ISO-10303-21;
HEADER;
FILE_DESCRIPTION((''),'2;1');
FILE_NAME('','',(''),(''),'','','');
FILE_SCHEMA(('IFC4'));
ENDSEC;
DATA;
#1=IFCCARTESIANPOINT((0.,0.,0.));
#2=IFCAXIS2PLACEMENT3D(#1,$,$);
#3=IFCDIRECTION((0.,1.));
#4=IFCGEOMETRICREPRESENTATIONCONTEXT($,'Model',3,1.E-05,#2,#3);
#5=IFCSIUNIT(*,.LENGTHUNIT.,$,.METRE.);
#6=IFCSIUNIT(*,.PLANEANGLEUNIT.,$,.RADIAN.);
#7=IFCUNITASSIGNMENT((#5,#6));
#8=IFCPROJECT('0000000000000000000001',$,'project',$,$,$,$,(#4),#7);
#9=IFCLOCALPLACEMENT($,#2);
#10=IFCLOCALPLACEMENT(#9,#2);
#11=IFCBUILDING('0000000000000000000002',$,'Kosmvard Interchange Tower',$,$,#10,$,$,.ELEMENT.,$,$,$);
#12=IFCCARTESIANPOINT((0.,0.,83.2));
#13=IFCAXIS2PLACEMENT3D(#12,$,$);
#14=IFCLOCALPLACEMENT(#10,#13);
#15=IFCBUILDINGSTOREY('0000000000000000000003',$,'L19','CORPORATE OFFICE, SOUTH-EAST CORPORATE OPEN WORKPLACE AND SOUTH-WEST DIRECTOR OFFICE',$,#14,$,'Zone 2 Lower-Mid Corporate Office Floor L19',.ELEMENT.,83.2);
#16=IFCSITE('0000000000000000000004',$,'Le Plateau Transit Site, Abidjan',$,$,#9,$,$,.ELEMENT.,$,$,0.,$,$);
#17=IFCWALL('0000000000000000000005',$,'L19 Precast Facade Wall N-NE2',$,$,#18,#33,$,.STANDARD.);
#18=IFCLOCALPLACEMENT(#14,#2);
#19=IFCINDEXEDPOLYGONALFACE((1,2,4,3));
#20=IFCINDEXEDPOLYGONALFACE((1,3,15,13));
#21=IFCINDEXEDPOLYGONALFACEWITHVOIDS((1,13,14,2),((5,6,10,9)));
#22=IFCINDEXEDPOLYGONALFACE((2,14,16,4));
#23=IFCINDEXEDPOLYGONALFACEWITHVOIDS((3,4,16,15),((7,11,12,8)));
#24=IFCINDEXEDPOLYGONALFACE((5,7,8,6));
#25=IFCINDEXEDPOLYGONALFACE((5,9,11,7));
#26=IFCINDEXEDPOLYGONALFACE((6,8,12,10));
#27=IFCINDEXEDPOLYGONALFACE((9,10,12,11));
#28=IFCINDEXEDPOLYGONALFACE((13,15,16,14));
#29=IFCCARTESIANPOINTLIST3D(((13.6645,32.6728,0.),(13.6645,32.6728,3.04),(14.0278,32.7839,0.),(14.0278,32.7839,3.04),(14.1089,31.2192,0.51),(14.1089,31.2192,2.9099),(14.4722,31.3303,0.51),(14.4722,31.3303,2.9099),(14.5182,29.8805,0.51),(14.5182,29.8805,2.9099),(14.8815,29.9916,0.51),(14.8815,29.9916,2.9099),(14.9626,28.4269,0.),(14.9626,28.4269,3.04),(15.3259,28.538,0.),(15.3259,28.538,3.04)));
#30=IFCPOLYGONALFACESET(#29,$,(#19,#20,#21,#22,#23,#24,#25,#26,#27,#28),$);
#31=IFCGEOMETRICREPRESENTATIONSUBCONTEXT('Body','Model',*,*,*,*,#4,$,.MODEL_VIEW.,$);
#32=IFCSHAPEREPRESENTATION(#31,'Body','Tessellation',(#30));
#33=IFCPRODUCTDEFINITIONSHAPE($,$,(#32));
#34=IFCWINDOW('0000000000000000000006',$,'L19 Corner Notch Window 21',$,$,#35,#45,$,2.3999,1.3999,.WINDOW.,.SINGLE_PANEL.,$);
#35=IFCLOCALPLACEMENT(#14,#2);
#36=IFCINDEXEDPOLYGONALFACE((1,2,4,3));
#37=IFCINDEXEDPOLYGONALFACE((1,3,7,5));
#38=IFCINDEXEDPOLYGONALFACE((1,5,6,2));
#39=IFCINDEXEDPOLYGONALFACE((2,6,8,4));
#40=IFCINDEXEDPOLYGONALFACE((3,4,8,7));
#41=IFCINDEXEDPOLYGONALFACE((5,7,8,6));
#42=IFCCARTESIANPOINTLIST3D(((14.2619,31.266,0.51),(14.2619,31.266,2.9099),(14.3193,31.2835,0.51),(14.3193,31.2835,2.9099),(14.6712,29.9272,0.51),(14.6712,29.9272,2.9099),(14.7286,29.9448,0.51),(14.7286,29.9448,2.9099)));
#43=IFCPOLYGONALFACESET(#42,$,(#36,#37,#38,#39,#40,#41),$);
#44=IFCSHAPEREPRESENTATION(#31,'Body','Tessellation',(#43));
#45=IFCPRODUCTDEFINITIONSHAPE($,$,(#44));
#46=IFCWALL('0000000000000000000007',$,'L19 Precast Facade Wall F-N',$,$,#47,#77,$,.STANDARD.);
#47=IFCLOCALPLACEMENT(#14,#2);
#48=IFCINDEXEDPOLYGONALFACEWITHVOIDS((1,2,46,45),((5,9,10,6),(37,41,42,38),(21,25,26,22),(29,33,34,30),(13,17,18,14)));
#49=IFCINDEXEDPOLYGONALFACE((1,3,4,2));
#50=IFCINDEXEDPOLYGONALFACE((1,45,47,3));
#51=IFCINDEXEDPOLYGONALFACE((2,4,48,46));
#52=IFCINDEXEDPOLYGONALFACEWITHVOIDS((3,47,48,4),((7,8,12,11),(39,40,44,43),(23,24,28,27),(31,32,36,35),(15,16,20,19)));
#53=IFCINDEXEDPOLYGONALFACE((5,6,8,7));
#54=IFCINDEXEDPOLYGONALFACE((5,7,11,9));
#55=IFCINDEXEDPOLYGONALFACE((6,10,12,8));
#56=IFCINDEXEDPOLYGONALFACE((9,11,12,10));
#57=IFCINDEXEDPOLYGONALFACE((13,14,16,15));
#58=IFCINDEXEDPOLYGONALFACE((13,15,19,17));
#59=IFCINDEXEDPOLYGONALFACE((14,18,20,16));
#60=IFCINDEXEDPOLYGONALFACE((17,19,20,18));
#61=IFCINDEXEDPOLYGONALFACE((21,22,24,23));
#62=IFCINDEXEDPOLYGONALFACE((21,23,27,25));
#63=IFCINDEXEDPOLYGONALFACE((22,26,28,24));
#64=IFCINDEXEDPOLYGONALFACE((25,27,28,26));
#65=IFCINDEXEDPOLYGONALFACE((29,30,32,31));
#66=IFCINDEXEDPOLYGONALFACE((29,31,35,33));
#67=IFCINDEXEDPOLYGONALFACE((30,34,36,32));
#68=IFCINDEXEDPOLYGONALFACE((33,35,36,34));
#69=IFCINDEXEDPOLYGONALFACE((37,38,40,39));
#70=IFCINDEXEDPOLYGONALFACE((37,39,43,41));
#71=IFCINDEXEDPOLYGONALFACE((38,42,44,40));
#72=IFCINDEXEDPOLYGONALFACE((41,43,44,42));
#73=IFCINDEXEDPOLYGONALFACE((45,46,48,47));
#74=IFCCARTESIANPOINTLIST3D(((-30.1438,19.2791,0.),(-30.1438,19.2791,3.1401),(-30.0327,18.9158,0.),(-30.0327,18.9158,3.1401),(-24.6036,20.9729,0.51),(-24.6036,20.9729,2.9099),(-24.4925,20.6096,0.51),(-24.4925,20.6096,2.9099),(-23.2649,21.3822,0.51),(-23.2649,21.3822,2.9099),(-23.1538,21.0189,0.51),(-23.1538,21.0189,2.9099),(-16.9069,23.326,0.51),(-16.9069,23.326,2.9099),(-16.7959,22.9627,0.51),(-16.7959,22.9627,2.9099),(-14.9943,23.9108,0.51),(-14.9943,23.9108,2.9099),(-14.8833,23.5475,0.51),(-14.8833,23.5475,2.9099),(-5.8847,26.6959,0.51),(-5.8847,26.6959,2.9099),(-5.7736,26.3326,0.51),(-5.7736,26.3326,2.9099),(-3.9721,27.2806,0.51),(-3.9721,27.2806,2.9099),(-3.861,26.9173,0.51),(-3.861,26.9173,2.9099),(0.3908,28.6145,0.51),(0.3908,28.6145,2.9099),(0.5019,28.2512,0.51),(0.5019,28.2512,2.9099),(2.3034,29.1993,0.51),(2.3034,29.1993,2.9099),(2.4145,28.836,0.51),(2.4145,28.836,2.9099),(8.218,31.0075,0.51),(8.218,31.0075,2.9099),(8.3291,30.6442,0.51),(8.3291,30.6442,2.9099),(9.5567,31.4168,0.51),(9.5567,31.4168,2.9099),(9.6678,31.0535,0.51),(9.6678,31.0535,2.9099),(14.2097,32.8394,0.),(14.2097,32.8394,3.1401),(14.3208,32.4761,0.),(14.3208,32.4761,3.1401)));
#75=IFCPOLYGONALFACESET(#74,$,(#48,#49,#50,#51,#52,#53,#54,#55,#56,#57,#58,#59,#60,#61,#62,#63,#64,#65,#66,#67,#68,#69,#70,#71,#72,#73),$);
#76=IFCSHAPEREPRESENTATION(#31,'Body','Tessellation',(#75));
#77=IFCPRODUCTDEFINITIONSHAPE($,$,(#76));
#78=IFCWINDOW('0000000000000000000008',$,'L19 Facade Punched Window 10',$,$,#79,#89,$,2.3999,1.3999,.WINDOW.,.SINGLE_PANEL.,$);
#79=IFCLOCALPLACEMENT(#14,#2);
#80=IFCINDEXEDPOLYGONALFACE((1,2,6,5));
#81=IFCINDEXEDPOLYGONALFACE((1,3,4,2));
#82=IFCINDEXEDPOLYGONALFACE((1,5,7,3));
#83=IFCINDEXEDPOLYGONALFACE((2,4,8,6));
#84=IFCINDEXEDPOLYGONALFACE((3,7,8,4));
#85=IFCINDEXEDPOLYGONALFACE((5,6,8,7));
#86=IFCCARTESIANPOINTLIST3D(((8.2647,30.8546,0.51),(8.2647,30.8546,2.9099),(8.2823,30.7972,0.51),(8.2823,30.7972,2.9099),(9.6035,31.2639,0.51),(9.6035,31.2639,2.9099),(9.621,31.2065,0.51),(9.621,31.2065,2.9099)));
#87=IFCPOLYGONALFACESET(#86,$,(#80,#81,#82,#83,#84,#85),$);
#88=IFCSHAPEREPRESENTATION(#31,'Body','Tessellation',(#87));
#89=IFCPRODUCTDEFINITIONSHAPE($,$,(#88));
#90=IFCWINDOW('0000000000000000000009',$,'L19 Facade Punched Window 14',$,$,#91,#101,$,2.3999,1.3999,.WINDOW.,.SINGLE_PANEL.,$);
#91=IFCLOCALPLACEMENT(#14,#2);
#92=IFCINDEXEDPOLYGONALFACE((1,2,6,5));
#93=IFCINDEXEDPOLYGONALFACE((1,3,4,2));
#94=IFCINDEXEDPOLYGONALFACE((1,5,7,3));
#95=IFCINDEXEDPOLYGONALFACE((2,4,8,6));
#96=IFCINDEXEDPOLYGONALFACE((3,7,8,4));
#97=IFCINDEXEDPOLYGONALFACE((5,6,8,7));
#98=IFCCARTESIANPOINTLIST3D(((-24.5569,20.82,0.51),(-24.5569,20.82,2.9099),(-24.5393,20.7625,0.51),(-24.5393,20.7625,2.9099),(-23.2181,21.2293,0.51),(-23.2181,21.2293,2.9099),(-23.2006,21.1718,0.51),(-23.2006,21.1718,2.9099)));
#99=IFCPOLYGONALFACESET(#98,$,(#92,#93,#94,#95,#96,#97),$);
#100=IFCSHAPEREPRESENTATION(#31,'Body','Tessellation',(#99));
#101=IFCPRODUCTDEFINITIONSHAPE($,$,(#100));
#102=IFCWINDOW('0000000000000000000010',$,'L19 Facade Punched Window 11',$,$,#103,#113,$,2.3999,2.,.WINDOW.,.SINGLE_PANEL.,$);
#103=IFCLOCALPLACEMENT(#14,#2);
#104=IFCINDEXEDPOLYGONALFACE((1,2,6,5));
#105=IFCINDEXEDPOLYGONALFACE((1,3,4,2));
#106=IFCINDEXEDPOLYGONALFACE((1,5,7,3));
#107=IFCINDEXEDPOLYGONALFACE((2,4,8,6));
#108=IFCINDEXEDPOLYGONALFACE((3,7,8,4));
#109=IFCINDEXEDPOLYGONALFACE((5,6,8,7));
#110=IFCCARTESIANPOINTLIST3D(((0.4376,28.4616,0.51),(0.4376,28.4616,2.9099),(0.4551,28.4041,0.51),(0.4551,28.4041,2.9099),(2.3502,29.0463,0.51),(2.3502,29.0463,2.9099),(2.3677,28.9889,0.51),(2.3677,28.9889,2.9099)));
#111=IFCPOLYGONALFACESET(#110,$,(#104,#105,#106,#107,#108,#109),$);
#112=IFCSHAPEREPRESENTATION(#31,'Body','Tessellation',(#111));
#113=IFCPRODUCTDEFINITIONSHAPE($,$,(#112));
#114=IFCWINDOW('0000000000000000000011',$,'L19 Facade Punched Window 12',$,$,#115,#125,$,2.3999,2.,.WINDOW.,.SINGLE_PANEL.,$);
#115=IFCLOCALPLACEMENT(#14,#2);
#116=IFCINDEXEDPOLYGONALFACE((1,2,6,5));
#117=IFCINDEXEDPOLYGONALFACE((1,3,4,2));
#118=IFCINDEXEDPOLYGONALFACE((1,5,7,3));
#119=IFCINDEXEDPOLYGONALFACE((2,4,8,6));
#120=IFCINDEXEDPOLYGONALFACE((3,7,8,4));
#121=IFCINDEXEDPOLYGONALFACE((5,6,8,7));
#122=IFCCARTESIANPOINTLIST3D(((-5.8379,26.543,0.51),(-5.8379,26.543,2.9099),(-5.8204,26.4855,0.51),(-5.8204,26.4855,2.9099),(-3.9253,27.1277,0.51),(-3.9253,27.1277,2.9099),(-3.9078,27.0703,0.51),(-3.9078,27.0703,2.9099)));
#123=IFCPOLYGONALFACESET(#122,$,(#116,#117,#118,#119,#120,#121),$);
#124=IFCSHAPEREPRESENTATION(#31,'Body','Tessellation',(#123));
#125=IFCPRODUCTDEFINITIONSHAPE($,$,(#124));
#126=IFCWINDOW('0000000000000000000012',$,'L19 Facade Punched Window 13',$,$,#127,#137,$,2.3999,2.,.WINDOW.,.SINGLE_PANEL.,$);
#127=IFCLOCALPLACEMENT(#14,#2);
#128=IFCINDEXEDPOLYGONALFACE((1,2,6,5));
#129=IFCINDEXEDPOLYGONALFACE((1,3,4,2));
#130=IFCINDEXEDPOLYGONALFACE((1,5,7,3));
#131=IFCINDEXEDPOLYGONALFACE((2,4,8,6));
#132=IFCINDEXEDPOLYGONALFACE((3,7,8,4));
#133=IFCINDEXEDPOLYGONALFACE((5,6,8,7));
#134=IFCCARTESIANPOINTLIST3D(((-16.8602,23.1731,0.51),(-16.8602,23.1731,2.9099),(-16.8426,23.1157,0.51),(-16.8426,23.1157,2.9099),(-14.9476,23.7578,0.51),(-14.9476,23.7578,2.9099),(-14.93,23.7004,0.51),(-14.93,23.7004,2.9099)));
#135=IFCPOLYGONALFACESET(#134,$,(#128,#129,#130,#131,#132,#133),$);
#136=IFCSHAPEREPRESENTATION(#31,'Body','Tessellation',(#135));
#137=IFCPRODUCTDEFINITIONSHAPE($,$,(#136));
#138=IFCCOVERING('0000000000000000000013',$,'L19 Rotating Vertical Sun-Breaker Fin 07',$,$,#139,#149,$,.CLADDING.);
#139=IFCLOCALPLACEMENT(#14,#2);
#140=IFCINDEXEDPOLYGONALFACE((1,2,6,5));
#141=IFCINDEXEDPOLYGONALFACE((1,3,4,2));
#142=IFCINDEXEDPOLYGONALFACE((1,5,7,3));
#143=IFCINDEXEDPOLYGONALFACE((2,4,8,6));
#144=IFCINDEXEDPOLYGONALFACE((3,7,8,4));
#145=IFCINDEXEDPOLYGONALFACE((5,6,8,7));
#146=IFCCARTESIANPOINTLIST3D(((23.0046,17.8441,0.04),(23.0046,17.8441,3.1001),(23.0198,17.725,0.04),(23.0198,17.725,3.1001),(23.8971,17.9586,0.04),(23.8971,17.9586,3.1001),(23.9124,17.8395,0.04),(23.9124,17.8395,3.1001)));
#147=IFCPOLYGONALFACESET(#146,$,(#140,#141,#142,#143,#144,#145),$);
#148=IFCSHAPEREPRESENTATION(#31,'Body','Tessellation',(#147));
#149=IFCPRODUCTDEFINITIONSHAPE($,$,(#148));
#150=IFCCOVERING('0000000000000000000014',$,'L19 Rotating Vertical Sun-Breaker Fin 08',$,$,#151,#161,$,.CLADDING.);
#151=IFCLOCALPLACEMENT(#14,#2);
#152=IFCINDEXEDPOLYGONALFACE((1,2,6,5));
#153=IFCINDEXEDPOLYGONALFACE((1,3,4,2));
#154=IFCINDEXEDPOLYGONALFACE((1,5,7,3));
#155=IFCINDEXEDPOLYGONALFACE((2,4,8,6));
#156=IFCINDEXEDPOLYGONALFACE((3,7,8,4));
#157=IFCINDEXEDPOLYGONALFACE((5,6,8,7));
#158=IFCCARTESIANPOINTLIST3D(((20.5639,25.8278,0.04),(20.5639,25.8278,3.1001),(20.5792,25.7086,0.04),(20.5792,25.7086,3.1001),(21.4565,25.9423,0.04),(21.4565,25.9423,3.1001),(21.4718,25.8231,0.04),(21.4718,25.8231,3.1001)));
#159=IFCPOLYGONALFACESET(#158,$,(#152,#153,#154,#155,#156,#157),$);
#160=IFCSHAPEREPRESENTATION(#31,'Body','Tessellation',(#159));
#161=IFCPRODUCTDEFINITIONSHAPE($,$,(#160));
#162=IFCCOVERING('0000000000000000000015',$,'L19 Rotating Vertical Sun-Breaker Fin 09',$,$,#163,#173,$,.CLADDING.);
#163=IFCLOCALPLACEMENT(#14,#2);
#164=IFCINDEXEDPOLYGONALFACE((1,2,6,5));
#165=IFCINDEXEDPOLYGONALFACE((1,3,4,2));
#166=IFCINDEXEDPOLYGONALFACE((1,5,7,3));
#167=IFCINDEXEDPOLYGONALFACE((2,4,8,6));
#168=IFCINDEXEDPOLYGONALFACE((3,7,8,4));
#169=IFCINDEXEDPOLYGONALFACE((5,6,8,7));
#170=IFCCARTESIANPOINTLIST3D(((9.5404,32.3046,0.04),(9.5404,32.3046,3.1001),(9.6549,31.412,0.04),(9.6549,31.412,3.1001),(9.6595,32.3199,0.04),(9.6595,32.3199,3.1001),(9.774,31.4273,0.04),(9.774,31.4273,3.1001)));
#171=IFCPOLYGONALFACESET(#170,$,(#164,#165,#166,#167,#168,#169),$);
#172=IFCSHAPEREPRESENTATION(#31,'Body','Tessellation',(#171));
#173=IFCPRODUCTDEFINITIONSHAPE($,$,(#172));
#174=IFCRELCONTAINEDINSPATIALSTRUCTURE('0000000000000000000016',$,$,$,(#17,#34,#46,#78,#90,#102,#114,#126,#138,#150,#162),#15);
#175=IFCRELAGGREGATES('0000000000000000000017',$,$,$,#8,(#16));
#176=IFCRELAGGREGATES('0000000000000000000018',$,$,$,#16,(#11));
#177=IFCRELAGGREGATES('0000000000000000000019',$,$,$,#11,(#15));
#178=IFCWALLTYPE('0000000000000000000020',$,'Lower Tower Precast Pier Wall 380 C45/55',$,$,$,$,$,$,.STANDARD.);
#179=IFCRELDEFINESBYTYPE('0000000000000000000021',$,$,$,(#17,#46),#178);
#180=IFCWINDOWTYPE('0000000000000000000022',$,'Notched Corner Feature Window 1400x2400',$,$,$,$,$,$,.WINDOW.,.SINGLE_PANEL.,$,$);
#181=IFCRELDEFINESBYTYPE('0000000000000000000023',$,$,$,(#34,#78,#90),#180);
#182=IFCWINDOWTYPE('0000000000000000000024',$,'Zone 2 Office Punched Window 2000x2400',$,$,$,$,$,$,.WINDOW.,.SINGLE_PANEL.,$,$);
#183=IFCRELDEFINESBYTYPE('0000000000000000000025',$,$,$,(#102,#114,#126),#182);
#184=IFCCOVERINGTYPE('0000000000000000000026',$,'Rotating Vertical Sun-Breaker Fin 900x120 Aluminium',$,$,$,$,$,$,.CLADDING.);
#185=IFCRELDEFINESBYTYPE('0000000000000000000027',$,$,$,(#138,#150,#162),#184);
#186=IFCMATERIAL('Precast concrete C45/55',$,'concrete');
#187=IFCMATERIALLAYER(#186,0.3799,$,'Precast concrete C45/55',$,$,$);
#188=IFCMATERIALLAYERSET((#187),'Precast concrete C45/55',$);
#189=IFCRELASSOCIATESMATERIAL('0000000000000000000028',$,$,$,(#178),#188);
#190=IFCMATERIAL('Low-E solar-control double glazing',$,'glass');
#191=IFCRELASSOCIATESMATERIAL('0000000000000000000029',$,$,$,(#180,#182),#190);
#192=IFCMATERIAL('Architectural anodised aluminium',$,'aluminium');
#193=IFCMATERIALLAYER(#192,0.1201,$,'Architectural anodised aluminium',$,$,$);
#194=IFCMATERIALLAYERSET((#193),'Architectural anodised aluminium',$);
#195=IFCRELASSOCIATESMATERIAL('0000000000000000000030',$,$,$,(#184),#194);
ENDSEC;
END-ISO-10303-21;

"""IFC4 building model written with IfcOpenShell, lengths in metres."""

from ifc_helpers import new_model, si_unit, direction, frame, frame_2d, origin, origin_2d, place, context, subcontext, project, spatial, rectangle, extrude, source, transform, mapped, material, layer, layer_set, type_object, element, fill, save


model = new_model("IFC4")

# Units and contexts
model_context = context("Model", 3, precision=1e-05, world=origin(), true_north=direction((0.0, 1.0)))
body_context = subcontext(model_context, "Body", "Model", "MODEL_VIEW")
ifc_project = project(units=[si_unit("LENGTHUNIT", "METRE"), si_unit("PLANEANGLEUNIT", "RADIAN")], contexts=[model_context])

# Site, building, storey
site_placement = place(None, origin())
site = spatial("IfcSite", under=ifc_project, at=site_placement, Name="Le Plateau Transit Site, Abidjan", CompositionType="ELEMENT", RefElevation=0.0)
building_placement = place(site_placement, origin())
building = spatial("IfcBuilding", under=site, at=building_placement, Name="Kosmvard Interchange Tower", CompositionType="ELEMENT")
storey_placement = place(building_placement, frame((0.0, 0.0, 83.2)))
storey = spatial("IfcBuildingStorey", under=building, at=storey_placement, Name="L19", Description="CORPORATE OFFICE, SOUTH-EAST CORPORATE OPEN WORKPLACE AND SOUTH-WEST DIRECTOR OFFICE", LongName="Zone 2 Lower-Mid Corporate Office Floor L19", CompositionType="ELEMENT", Elevation=83.2)

# Shared definitions
ifc_material_1 = material(Name="Precast concrete C45/55", Category="concrete")

# Shared definitions
ifc_layer_1 = layer(ifc_material_1, 0.3799, Name="Precast concrete C45/55")
ifc_layer_set_1 = layer_set([ifc_layer_1], Name="Precast concrete C45/55")
wall_type_1 = type_object("IfcWallType", Name="Lower Tower Precast Pier Wall 380 C45/55", PredefinedType="STANDARD", material=ifc_layer_set_1)

# Wall, opening, window
wall_1_placement = place(storey_placement, frame((15.1443, 28.4824, 0.0), z_axis=(0.0, 0.0, 1.0), x_axis=(-0.292374, 0.956304, 0.0)))
wall_1 = element("IfcWall", 1, at=wall_1_placement, inside=storey, type_object=wall_type_1, Name="L19 Precast Facade Wall N-NE2", PredefinedType="STANDARD", context=body_context, shape_type="SweptSolid", body=[
    extrude(rectangle(XDim=4.4399, YDim=0.3799, at=frame_2d((2.22, 0.0))), origin(), (0.0, 0.0, 1.0), 3.04),
])
opening_1_placement = place(wall_1_placement, frame((1.52, 0.0, 0.51)))
opening_1 = element("IfcOpeningElement", 2, at=opening_1_placement, cuts=wall_1, PredefinedType="OPENING", context=body_context, shape_type="SweptSolid", body=[
    extrude(rectangle(XDim=1.3999, YDim=2.3999, at=frame_2d((0.7, 1.2))), frame((0.0, 0.2, 0.0), z_axis=(0.0, -1.0, 0.0), x_axis=(1.0, 0.0, 0.0)), (0.0, 0.0, 1.0), 0.3999),
])
ifc_material_2 = material(Name="Low-E solar-control double glazing", Category="glass")
window_type_1 = type_object("IfcWindowType", Name="Notched Corner Feature Window 1400x2400", PartitioningType="SINGLE_PANEL", PredefinedType="WINDOW", material=ifc_material_2)
shared_shape_1 = source(origin(), body_context, "Body", "SweptSolid", [
    extrude(rectangle(XDim=1.3999, YDim=2.3999, at=frame_2d((0.7, 1.2))), frame((0.0, 0.03, 0.0), z_axis=(0.0, -1.0, 0.0), x_axis=(1.0, 0.0, 0.0)), (0.0, 0.0, 1.0), 0.0601),
])
window_1_placement = place(opening_1_placement, origin())
window_1 = element("IfcWindow", 3, at=window_1_placement, inside=storey, type_object=window_type_1, Name="L19 Corner Notch Window 21", OverallHeight=2.3999, OverallWidth=1.3999, PartitioningType="SINGLE_PANEL", PredefinedType="WINDOW", context=body_context, shape_type="MappedRepresentation", body=[
    mapped(shared_shape_1, transform((0.0, 0.0, 0.0), scale=1.0)),
])
fill(opening_1, window_1)

# Wall, openings, windows
wall_2_placement = place(storey_placement, frame((14.2651, 32.6577, 0.0), z_axis=(0.0, 0.0, 1.0), x_axis=(-0.956304, -0.292373, 0.0)))
wall_2 = element("IfcWall", 4, at=wall_2_placement, inside=storey, type_object=wall_type_1, Name="L19 Precast Facade Wall F-N", PredefinedType="STANDARD", context=body_context, shape_type="SweptSolid", body=[
    extrude(rectangle(XDim=46.3801, YDim=0.3799, at=frame_2d((23.1899, 0.0))), origin(), (0.0, 0.0, 1.0), 3.1401),
])
opening_2_placement = place(wall_2_placement, frame((4.8655, 0.0, 0.51)))
opening_2 = element("IfcOpeningElement", 5, at=opening_2_placement, cuts=wall_2, PredefinedType="OPENING", context=body_context, shape_type="SweptSolid", body=[
    extrude(rectangle(XDim=1.3999, YDim=2.3999, at=frame_2d((0.7, 1.2))), frame((0.0, 0.2, 0.0), z_axis=(0.0, -1.0, 0.0), x_axis=(1.0, 0.0, 0.0)), (0.0, 0.0, 1.0), 0.3999),
])
opening_3_placement = place(wall_2_placement, frame((12.4502, 0.0, 0.51)))
opening_3 = element("IfcOpeningElement", 6, at=opening_3_placement, cuts=wall_2, PredefinedType="OPENING", context=body_context, shape_type="SweptSolid", body=[
    extrude(rectangle(XDim=2.0, YDim=2.3999, at=frame_2d((1.0, 1.2))), frame((0.0, 0.2, 0.0), z_axis=(0.0, -1.0, 0.0), x_axis=(1.0, 0.0, 0.0)), (0.0, 0.0, 1.0), 0.3999),
])
opening_4_placement = place(wall_2_placement, frame((19.0125, 0.0, 0.51)))
opening_4 = element("IfcOpeningElement", 7, at=opening_4_placement, cuts=wall_2, PredefinedType="OPENING", context=body_context, shape_type="SweptSolid", body=[
    extrude(rectangle(XDim=2.0, YDim=2.3999, at=frame_2d((1.0, 1.2))), frame((0.0, 0.2, 0.0), z_axis=(0.0, -1.0, 0.0), x_axis=(1.0, 0.0, 0.0)), (0.0, 0.0, 1.0), 0.3999),
])
opening_5_placement = place(wall_2_placement, frame((30.5383, 0.0, 0.51)))
opening_5 = element("IfcOpeningElement", 8, at=opening_5_placement, cuts=wall_2, PredefinedType="OPENING", context=body_context, shape_type="SweptSolid", body=[
    extrude(rectangle(XDim=2.0, YDim=2.3999, at=frame_2d((1.0, 1.2))), frame((0.0, 0.2, 0.0), z_axis=(0.0, -1.0, 0.0), x_axis=(1.0, 0.0, 0.0)), (0.0, 0.0, 1.0), 0.3999),
])
opening_6_placement = place(wall_2_placement, frame((39.1868, 0.0, 0.51)))
opening_6 = element("IfcOpeningElement", 9, at=opening_6_placement, cuts=wall_2, PredefinedType="OPENING", context=body_context, shape_type="SweptSolid", body=[
    extrude(rectangle(XDim=1.3999, YDim=2.3999, at=frame_2d((0.7, 1.2))), frame((0.0, 0.2, 0.0), z_axis=(0.0, -1.0, 0.0), x_axis=(1.0, 0.0, 0.0)), (0.0, 0.0, 1.0), 0.3999),
])
window_2_placement = place(opening_2_placement, origin())
window_2 = element("IfcWindow", 10, at=window_2_placement, inside=storey, type_object=window_type_1, Name="L19 Facade Punched Window 10", OverallHeight=2.3999, OverallWidth=1.3999, PartitioningType="SINGLE_PANEL", PredefinedType="WINDOW", context=body_context, shape_type="MappedRepresentation", body=[
    mapped(shared_shape_1, transform((0.0, 0.0, 0.0), scale=1.0)),
])
fill(opening_2, window_2)
window_3_placement = place(opening_6_placement, origin())
window_3 = element("IfcWindow", 11, at=window_3_placement, inside=storey, type_object=window_type_1, Name="L19 Facade Punched Window 14", OverallHeight=2.3999, OverallWidth=1.3999, PartitioningType="SINGLE_PANEL", PredefinedType="WINDOW", context=body_context, shape_type="MappedRepresentation", body=[
    mapped(shared_shape_1, transform((0.0, 0.0, 0.0), scale=1.0)),
])
fill(opening_6, window_3)
window_type_2 = type_object("IfcWindowType", Name="Zone 2 Office Punched Window 2000x2400", PartitioningType="SINGLE_PANEL", PredefinedType="WINDOW", material=ifc_material_2)
shared_shape_2 = source(origin(), body_context, "Body", "SweptSolid", [
    extrude(rectangle(XDim=2.0, YDim=2.3999, at=frame_2d((1.0, 1.2))), frame((0.0, 0.03, 0.0), z_axis=(0.0, -1.0, 0.0), x_axis=(1.0, 0.0, 0.0)), (0.0, 0.0, 1.0), 0.0601),
])
window_4_placement = place(opening_3_placement, origin())
window_4 = element("IfcWindow", 12, at=window_4_placement, inside=storey, type_object=window_type_2, Name="L19 Facade Punched Window 11", OverallHeight=2.3999, OverallWidth=2.0, PartitioningType="SINGLE_PANEL", PredefinedType="WINDOW", context=body_context, shape_type="MappedRepresentation", body=[
    mapped(shared_shape_2, transform((0.0, 0.0, 0.0), scale=1.0)),
])
fill(opening_3, window_4)
window_5_placement = place(opening_4_placement, origin())
window_5 = element("IfcWindow", 13, at=window_5_placement, inside=storey, type_object=window_type_2, Name="L19 Facade Punched Window 12", OverallHeight=2.3999, OverallWidth=2.0, PartitioningType="SINGLE_PANEL", PredefinedType="WINDOW", context=body_context, shape_type="MappedRepresentation", body=[
    mapped(shared_shape_2, transform((0.0, 0.0, 0.0), scale=1.0)),
])
fill(opening_4, window_5)
window_6_placement = place(opening_5_placement, origin())
window_6 = element("IfcWindow", 14, at=window_6_placement, inside=storey, type_object=window_type_2, Name="L19 Facade Punched Window 13", OverallHeight=2.3999, OverallWidth=2.0, PartitioningType="SINGLE_PANEL", PredefinedType="WINDOW", context=body_context, shape_type="MappedRepresentation", body=[
    mapped(shared_shape_2, transform((0.0, 0.0, 0.0), scale=1.0)),
])
fill(opening_5, window_6)

# Coverings
ifc_material_3 = material(Name="Architectural anodised aluminium", Category="aluminium")
ifc_layer_2 = layer(ifc_material_3, 0.1201, Name="Architectural anodised aluminium")
ifc_layer_set_2 = layer_set([ifc_layer_2], Name="Architectural anodised aluminium")
covering_type = type_object("IfcCoveringType", Name="Rotating Vertical Sun-Breaker Fin 900x120 Aluminium", PredefinedType="CLADDING", material=ifc_layer_set_2)
shared_shape_3 = source(origin(), body_context, "Body", "SweptSolid", [
    extrude(rectangle(XDim=0.8999, YDim=0.1201, at=origin_2d()), origin(), (0.0, 0.0, 1.0), 3.0601),
])
for number, where, z_axis, x_axis, name in (
    (15, (23.4585, 17.8418, 0.04), (0.0, 0.0, 1.0), (0.991872, 0.127238, 0.0), "L19 Rotating Vertical Sun-Breaker Fin 07"),
    (16, (21.0178, 25.8254, 0.04), (0.0, 0.0, 1.0), (0.991872, 0.127238, 0.0), "L19 Rotating Vertical Sun-Breaker Fin 08"),
    (17, (9.6572, 31.866, 0.04), (0.0, 0.0, 1.0), (-0.127238, 0.991872, 0.0), "L19 Rotating Vertical Sun-Breaker Fin 09"),
):
    element("IfcCovering", number, at=place(storey_placement, frame(where, z_axis=z_axis, x_axis=x_axis)), inside=storey, type_object=covering_type, Name=name, PredefinedType="CLADDING", context=body_context, shape_type="MappedRepresentation", body=[
        mapped(shared_shape_3, transform((0.0, 0.0, 0.0), scale=1.0)),
    ])

save(model, "model.ifc")
